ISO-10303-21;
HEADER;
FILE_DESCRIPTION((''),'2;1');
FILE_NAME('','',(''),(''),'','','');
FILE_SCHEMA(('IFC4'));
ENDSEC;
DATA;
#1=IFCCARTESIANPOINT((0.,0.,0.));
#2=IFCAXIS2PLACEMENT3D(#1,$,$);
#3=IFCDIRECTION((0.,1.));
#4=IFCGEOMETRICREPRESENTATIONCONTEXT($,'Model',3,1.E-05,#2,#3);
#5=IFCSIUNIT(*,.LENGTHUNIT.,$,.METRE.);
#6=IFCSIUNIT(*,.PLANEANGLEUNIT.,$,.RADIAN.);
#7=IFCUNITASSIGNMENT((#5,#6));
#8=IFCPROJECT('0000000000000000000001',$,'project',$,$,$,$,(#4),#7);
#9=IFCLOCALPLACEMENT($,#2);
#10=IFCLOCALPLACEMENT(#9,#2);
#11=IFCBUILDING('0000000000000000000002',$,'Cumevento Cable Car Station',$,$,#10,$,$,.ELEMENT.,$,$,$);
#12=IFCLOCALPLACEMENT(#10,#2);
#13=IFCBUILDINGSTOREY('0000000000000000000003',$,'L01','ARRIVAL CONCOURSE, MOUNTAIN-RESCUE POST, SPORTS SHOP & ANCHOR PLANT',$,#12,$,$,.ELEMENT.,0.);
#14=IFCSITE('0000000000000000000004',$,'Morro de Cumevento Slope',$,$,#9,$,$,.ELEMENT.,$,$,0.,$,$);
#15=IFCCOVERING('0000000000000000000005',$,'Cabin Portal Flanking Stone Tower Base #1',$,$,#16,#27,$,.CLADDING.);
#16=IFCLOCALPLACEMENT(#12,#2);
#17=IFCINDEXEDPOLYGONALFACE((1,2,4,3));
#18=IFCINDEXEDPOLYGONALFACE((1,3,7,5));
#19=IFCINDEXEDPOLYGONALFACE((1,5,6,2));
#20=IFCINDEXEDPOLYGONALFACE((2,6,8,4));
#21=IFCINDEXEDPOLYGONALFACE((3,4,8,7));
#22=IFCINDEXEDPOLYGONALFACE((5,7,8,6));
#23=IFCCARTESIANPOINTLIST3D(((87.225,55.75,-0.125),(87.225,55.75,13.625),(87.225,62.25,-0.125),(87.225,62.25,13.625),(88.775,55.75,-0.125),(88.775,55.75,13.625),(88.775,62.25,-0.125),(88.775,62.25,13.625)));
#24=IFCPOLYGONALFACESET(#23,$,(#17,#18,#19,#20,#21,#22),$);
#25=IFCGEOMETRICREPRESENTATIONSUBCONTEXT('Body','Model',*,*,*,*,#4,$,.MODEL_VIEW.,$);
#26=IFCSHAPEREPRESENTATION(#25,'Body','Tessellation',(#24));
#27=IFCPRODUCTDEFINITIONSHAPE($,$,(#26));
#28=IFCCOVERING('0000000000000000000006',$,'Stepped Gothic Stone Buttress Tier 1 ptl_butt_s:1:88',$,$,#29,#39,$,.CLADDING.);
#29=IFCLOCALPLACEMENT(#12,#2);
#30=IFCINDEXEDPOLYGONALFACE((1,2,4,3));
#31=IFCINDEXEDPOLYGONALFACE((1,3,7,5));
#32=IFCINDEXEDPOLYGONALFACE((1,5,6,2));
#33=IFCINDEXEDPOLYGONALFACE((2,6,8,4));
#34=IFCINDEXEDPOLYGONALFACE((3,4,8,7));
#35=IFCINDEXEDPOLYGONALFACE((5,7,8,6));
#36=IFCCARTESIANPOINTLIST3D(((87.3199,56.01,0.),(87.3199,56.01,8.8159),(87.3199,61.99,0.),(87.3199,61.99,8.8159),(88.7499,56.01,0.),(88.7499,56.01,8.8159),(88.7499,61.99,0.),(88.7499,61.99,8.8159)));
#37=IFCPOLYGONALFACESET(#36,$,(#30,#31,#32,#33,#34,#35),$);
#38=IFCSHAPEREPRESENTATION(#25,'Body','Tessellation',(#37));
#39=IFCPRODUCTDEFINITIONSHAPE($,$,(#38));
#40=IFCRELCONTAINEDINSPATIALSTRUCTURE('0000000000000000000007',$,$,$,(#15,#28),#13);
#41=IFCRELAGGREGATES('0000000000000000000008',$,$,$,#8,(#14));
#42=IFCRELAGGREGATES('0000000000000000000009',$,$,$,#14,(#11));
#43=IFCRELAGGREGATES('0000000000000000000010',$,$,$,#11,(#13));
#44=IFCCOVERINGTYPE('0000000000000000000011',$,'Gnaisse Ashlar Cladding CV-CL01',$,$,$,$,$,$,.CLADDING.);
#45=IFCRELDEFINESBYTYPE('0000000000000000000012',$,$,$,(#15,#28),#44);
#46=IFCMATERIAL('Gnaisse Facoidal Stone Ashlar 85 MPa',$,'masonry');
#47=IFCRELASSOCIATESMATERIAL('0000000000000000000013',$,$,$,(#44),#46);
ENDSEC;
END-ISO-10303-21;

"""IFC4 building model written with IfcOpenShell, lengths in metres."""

from ifc_helpers import new_model, si_unit, direction, frame, origin, origin_2d, place, context, subcontext, project, spatial, rectangle, extrude, material, type_object, element, save


model = new_model("IFC4")

# Units and contexts
model_context = context("Model", 3, precision=1e-05, world=origin(), true_north=direction((0.0, 1.0)))
body_context = subcontext(model_context, "Body", "Model", "MODEL_VIEW")
ifc_project = project(units=[si_unit("LENGTHUNIT", "METRE"), si_unit("PLANEANGLEUNIT", "RADIAN")], contexts=[model_context])

# Site, building, storey
site_placement = place(None, origin())
site = spatial("IfcSite", under=ifc_project, at=site_placement, Name="Morro de Cumevento Slope", CompositionType="ELEMENT", RefElevation=0.0)
building_placement = place(site_placement, origin())
building = spatial("IfcBuilding", under=site, at=building_placement, Name="Cumevento Cable Car Station", CompositionType="ELEMENT")
storey_placement = place(building_placement, origin())
storey = spatial("IfcBuildingStorey", under=building, at=storey_placement, Name="L01", Description="ARRIVAL CONCOURSE, MOUNTAIN-RESCUE POST, SPORTS SHOP & ANCHOR PLANT", CompositionType="ELEMENT", Elevation=0.0)

# Coverings
ifc_material_1 = material(Name="Gnaisse Facoidal Stone Ashlar 85 MPa", Category="masonry")
covering_type = type_object("IfcCoveringType", Name="Gnaisse Ashlar Cladding CV-CL01", PredefinedType="CLADDING", material=ifc_material_1)
covering_1_placement = place(storey_placement, frame((88.0, 59.0, -0.125), z_axis=(0.0, 0.0, 1.0), x_axis=(1.0, 0.0, 0.0)))
element("IfcCovering", 1, at=covering_1_placement, inside=storey, type_object=covering_type, Name="Cabin Portal Flanking Stone Tower Base #1", PredefinedType="CLADDING", context=body_context, shape_type="SweptSolid", body=[
    extrude(rectangle(XDim=1.55, YDim=6.5, at=origin_2d()), origin(), (0.0, 0.0, 1.0), 13.75),
])
covering_2_placement = place(storey_placement, frame((88.0349, 59.0, 0.0), z_axis=(0.0, 0.0, 1.0), x_axis=(0.0, -1.0, 0.0)))
element("IfcCovering", 2, at=covering_2_placement, inside=storey, type_object=covering_type, Name="Stepped Gothic Stone Buttress Tier 1 ptl_butt_s:1:88", PredefinedType="CLADDING", context=body_context, shape_type="SweptSolid", body=[
    extrude(rectangle(XDim=5.98, YDim=1.4299, at=origin_2d()), origin(), (0.0, 0.0, 1.0), 8.8159),
])

save(model, "model.ifc")
